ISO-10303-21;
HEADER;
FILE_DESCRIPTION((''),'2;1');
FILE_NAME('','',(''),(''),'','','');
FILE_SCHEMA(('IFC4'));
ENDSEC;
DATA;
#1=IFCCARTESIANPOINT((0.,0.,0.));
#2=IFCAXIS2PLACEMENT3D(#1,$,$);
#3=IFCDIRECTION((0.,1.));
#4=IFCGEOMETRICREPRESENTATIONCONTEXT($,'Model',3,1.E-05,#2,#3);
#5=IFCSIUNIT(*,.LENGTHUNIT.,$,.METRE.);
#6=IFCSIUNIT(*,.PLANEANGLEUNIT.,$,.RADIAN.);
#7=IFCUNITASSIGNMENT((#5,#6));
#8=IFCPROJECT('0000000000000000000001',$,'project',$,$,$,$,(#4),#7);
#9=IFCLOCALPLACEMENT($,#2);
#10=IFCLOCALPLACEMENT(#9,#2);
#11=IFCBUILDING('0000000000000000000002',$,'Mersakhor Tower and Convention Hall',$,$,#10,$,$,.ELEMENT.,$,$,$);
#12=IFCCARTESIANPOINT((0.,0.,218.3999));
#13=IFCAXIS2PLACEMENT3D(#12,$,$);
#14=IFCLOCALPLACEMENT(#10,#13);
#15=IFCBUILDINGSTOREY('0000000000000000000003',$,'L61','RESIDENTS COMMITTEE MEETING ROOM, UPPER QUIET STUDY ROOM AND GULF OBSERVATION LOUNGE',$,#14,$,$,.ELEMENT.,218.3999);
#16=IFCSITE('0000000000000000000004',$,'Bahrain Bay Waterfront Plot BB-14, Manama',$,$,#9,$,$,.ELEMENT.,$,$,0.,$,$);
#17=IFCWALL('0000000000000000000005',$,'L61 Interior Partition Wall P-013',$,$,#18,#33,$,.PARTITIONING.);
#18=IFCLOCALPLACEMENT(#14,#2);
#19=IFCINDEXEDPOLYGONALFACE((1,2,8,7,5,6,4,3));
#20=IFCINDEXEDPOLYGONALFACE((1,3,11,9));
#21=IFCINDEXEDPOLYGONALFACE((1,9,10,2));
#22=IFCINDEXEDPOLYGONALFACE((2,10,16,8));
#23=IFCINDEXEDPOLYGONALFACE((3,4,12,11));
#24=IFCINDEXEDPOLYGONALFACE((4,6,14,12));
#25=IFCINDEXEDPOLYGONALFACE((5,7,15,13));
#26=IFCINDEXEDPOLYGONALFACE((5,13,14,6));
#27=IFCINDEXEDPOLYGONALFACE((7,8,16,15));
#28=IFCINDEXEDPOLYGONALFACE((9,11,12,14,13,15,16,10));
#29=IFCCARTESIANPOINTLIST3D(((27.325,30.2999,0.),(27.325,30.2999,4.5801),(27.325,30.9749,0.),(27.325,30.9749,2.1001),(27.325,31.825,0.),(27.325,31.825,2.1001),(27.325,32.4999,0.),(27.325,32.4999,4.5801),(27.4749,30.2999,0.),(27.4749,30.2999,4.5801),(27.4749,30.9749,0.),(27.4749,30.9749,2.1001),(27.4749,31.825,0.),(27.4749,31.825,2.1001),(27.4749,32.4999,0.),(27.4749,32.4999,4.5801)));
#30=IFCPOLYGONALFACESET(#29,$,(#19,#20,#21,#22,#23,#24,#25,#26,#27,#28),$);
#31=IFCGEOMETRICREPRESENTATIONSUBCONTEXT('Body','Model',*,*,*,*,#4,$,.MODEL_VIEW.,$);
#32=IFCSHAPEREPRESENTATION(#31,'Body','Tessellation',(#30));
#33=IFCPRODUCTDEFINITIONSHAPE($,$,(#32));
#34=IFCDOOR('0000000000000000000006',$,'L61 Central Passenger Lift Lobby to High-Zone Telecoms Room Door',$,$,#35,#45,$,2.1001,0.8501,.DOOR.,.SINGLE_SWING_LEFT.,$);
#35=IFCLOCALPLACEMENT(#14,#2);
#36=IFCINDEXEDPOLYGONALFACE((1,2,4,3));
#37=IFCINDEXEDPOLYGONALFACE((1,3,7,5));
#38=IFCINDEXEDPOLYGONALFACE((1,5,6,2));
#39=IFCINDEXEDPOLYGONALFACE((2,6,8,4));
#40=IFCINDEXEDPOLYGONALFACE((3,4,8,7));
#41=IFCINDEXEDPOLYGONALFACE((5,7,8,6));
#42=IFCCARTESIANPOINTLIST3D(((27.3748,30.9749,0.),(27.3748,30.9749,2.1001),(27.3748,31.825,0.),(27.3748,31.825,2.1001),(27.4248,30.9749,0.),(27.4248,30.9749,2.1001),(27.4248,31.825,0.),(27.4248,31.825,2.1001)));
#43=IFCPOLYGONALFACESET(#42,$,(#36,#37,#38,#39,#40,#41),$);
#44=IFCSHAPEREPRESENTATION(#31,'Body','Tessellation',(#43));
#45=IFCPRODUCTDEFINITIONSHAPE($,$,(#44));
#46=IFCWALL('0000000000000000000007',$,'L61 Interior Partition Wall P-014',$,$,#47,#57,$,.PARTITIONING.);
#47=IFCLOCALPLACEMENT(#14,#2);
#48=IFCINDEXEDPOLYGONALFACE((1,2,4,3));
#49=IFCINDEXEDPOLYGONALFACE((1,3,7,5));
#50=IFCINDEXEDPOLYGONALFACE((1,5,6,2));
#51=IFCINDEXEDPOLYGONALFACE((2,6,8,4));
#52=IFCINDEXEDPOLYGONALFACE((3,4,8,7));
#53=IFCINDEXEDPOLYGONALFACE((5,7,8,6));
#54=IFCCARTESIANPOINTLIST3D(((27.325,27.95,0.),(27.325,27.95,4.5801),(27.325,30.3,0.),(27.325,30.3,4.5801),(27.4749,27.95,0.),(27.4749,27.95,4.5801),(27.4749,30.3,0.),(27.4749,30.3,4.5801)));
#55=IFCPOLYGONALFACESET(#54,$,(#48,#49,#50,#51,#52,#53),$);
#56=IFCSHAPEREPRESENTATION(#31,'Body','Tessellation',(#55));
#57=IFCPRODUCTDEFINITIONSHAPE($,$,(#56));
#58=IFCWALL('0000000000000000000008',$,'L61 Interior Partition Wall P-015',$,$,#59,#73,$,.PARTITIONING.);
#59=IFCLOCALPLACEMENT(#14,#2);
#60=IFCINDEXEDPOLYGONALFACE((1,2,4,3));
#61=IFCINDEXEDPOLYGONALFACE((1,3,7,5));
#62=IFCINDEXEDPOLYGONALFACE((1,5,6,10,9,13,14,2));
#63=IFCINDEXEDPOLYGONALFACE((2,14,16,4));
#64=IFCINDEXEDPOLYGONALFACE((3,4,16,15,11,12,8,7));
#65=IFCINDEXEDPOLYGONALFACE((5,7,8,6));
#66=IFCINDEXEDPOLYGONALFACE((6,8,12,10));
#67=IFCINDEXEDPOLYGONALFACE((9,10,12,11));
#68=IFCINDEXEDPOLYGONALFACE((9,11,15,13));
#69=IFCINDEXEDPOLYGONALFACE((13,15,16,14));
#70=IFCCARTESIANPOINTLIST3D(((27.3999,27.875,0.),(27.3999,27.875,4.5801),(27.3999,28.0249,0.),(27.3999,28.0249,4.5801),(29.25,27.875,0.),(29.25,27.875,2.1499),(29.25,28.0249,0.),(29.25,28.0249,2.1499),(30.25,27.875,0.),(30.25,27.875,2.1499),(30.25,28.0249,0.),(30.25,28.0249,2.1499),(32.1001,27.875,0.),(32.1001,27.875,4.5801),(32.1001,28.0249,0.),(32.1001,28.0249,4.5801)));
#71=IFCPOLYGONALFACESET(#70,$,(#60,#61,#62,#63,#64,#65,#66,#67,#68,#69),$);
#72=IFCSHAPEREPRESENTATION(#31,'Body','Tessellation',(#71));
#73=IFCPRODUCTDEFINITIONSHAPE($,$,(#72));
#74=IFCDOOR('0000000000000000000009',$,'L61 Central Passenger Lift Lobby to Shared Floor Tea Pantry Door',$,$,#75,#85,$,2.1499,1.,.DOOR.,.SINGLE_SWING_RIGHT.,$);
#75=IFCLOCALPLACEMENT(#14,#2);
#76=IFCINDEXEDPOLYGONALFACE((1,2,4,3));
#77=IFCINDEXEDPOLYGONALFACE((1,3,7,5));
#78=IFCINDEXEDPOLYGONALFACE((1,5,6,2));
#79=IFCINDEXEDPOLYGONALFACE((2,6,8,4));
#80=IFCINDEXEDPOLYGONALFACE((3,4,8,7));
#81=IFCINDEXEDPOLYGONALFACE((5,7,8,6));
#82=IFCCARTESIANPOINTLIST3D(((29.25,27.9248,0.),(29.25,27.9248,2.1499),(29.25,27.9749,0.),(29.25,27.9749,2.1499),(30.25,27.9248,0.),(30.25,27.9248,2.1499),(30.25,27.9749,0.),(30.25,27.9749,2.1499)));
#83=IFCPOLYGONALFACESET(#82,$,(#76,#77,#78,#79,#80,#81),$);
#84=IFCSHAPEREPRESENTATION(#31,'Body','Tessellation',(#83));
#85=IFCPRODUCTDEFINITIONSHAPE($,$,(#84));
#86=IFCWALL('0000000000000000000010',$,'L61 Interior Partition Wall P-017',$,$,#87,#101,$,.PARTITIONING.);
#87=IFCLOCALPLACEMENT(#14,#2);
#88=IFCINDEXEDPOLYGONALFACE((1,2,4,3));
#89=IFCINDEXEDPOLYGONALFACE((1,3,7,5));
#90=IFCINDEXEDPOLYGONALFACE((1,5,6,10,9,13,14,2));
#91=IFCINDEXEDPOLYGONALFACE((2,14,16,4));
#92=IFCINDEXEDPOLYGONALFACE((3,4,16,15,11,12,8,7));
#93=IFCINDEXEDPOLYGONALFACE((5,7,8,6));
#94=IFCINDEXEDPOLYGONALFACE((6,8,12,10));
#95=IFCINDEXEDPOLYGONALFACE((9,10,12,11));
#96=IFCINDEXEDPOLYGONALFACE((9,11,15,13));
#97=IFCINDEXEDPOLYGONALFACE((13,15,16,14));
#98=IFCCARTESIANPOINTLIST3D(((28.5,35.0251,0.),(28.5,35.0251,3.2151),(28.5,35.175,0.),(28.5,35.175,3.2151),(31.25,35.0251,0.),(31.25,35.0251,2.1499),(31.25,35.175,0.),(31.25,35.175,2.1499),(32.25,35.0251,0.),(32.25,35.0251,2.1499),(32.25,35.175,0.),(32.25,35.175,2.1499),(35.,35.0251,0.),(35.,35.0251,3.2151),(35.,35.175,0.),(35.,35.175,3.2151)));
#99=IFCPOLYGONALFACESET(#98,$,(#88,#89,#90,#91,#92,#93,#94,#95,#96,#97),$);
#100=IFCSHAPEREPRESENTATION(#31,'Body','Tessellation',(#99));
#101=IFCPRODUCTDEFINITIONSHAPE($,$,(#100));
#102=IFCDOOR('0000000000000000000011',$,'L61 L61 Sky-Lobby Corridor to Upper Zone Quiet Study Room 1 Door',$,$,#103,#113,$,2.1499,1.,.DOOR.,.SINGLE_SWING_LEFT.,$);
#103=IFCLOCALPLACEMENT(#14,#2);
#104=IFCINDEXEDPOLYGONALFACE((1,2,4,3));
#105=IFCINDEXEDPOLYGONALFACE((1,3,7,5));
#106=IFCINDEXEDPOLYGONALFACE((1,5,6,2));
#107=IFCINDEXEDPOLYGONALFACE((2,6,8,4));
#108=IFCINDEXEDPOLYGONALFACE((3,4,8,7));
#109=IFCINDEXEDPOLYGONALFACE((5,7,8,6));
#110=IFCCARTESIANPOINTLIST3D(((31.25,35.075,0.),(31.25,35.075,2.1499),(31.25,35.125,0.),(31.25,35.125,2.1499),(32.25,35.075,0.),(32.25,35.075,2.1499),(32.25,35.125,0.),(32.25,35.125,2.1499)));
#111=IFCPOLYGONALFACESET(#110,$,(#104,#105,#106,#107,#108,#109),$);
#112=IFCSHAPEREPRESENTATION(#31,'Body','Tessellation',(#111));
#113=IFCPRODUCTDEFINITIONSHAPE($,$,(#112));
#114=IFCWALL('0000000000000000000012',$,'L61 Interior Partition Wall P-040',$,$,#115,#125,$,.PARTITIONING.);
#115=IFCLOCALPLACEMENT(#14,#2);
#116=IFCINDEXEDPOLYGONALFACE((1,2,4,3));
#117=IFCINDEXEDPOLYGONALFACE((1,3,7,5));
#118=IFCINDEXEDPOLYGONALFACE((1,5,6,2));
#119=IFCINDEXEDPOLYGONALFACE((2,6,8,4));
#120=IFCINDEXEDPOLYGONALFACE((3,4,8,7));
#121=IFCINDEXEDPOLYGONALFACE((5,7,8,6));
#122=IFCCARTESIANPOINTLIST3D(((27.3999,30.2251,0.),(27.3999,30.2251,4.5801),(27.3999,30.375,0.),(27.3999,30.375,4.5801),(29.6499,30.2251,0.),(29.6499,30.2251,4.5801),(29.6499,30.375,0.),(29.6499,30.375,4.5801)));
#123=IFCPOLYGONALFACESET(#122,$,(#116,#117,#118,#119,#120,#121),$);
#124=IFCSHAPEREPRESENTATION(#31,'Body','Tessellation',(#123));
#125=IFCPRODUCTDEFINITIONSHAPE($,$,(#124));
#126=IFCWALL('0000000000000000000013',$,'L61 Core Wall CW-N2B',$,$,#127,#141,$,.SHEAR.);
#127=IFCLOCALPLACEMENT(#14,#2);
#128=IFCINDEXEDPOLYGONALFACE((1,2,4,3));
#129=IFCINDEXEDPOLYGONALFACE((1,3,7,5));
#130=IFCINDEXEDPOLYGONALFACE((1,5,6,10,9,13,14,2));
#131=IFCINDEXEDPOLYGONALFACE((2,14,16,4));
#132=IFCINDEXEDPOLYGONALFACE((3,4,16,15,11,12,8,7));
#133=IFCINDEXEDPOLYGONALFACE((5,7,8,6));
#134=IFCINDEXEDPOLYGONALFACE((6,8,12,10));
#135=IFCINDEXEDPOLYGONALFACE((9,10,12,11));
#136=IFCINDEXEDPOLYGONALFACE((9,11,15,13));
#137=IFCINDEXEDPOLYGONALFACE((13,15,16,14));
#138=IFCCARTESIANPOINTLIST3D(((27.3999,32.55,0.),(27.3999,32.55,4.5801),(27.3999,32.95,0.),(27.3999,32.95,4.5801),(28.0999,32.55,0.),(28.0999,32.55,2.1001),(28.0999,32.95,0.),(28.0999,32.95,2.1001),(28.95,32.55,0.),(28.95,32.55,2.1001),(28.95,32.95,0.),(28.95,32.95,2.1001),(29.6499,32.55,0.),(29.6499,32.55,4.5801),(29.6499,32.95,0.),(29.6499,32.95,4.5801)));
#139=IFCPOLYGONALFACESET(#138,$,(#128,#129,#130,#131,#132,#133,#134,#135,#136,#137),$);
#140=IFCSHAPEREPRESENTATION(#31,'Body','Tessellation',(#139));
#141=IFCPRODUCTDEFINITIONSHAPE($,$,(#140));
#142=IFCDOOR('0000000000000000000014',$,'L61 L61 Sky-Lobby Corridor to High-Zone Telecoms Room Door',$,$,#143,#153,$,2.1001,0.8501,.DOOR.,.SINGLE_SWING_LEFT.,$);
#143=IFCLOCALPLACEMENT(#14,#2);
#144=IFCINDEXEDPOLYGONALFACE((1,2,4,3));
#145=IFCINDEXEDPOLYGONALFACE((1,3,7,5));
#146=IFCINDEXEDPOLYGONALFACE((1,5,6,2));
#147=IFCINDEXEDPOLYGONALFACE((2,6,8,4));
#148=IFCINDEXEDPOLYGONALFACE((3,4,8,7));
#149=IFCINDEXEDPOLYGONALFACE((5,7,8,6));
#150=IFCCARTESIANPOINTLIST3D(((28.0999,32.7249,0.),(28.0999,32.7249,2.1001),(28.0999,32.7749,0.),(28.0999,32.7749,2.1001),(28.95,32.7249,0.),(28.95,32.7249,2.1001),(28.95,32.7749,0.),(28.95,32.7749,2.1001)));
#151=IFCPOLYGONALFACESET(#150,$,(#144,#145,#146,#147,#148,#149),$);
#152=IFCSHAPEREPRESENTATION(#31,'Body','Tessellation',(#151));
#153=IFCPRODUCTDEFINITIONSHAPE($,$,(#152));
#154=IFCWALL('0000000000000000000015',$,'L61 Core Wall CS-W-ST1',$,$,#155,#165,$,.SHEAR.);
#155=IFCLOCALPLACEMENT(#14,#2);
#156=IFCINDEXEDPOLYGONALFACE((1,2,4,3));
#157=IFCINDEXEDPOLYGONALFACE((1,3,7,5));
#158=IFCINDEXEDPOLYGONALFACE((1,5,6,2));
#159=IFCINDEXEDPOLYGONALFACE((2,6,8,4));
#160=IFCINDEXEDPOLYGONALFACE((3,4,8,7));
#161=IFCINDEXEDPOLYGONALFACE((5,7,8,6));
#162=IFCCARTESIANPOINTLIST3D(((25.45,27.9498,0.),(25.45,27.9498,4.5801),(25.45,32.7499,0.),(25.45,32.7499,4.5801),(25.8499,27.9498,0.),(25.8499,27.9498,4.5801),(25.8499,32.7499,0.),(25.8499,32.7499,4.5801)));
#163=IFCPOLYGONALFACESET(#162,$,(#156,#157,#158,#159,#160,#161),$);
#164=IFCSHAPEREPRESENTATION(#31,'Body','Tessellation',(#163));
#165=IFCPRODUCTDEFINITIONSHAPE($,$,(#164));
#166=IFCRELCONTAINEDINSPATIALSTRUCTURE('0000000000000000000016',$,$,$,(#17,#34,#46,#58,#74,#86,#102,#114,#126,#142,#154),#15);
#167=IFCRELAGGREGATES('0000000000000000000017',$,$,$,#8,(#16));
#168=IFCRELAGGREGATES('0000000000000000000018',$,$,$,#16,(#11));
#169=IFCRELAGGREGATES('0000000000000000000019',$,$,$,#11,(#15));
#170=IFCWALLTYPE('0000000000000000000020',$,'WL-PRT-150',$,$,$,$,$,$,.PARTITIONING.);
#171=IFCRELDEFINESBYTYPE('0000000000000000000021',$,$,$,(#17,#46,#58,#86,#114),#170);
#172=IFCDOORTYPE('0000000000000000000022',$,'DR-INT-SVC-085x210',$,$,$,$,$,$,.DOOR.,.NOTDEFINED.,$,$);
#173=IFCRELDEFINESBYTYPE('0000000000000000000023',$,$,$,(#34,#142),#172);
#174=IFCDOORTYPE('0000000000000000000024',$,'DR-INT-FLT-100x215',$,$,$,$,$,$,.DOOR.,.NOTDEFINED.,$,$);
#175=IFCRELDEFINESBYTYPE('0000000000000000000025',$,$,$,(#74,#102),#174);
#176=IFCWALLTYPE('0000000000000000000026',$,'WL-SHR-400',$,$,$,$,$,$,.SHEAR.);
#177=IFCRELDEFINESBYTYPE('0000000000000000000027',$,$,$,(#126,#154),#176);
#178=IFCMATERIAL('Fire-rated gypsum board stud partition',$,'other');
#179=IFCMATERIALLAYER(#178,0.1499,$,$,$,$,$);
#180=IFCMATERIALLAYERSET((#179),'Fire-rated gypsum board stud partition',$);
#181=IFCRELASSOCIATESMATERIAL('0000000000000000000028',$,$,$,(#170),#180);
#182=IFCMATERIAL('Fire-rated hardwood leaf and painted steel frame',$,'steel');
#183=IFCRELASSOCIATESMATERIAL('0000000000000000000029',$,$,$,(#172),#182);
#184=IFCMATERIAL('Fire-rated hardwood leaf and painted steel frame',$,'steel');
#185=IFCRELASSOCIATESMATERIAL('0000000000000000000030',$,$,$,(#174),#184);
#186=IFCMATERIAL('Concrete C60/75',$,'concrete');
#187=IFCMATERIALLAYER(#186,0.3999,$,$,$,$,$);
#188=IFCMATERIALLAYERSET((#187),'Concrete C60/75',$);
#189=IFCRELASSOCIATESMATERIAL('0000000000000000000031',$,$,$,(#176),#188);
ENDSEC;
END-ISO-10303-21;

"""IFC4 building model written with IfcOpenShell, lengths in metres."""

from ifc_helpers import new_model, si_unit, direction, frame, frame_2d, origin, place, context, subcontext, project, spatial, rectangle, extrude, material, layer, layer_set, type_object, element, fill, save


model = new_model("IFC4")

# Units and contexts
model_context = context("Model", 3, precision=1e-05, world=origin(), true_north=direction((0.0, 1.0)))
body_context = subcontext(model_context, "Body", "Model", "MODEL_VIEW")
ifc_project = project(units=[si_unit("LENGTHUNIT", "METRE"), si_unit("PLANEANGLEUNIT", "RADIAN")], contexts=[model_context])

# Site, building, storey
site_placement = place(None, origin())
site = spatial("IfcSite", under=ifc_project, at=site_placement, Name="Bahrain Bay Waterfront Plot BB-14, Manama", CompositionType="ELEMENT", RefElevation=0.0)
building_placement = place(site_placement, origin())
building = spatial("IfcBuilding", under=site, at=building_placement, Name="Mersakhor Tower and Convention Hall", CompositionType="ELEMENT")
storey_placement = place(building_placement, frame((0.0, 0.0, 218.3999)))
storey = spatial("IfcBuildingStorey", under=building, at=storey_placement, Name="L61", Description="RESIDENTS COMMITTEE MEETING ROOM, UPPER QUIET STUDY ROOM AND GULF OBSERVATION LOUNGE", CompositionType="ELEMENT", Elevation=218.3999)

# Wall, opening, door
ifc_material_1 = material(Name="Fire-rated gypsum board stud partition", Category="other")
ifc_layer_1 = layer(ifc_material_1, 0.1499)
ifc_layer_set_1 = layer_set([ifc_layer_1], Name="Fire-rated gypsum board stud partition")
wall_type_1 = type_object("IfcWallType", Name="WL-PRT-150", PredefinedType="PARTITIONING", material=ifc_layer_set_1)
wall_1_placement = place(storey_placement, frame((27.3999, 32.5, 0.0), z_axis=(0.0, 0.0, 1.0), x_axis=(0.0, -1.0, 0.0)))
wall_1 = element("IfcWall", 1, at=wall_1_placement, inside=storey, type_object=wall_type_1, Name="L61 Interior Partition Wall P-013", PredefinedType="PARTITIONING", context=body_context, shape_type="SweptSolid", body=[
    extrude(rectangle(XDim=2.2, YDim=0.1499, at=frame_2d((1.1001, 0.0))), origin(), (0.0, 0.0, 1.0), 4.5801),
])
opening_1_placement = place(wall_1_placement, frame((0.675, 0.0, 0.0)))
opening_1 = element("IfcOpeningElement", 2, at=opening_1_placement, cuts=wall_1, PredefinedType="OPENING", context=body_context, shape_type="SweptSolid", body=[
    extrude(rectangle(XDim=0.8501, YDim=2.1001, at=frame_2d((0.425, 1.05))), frame((0.0, 0.085, 0.0), z_axis=(0.0, -1.0, 0.0), x_axis=(1.0, 0.0, 0.0)), (0.0, 0.0, 1.0), 0.1699),
])
ifc_material_2 = material(Name="Fire-rated hardwood leaf and painted steel frame", Category="steel")
door_type_1 = type_object("IfcDoorType", Name="DR-INT-SVC-085x210", OperationType="NOTDEFINED", PredefinedType="DOOR", material=ifc_material_2)
door_1_placement = place(opening_1_placement, origin())
door_1 = element("IfcDoor", 3, at=door_1_placement, inside=storey, type_object=door_type_1, Name="L61 Central Passenger Lift Lobby to High-Zone Telecoms Room Door", OperationType="SINGLE_SWING_LEFT", OverallHeight=2.1001, OverallWidth=0.8501, PredefinedType="DOOR", context=body_context, shape_type="SweptSolid", body=[
    extrude(rectangle(XDim=0.8501, YDim=2.1001, at=frame_2d((0.425, 1.05))), frame((0.0, 0.0249, 0.0), z_axis=(0.0, -1.0, 0.0), x_axis=(1.0, 0.0, 0.0)), (0.0, 0.0, 1.0), 0.05),
])
fill(opening_1, door_1)

# Wall
wall_2_placement = place(storey_placement, frame((27.3999, 30.3, 0.0), z_axis=(0.0, 0.0, 1.0), x_axis=(0.0, -1.0, 0.0)))
element("IfcWall", 4, at=wall_2_placement, inside=storey, type_object=wall_type_1, Name="L61 Interior Partition Wall P-014", PredefinedType="PARTITIONING", context=body_context, shape_type="SweptSolid", body=[
    extrude(rectangle(XDim=2.3501, YDim=0.1499, at=frame_2d((1.175, 0.0))), origin(), (0.0, 0.0, 1.0), 4.5801),
])

# Walls, openings, doors
wall_3_placement = place(storey_placement, frame((27.3999, 27.95, 0.0), z_axis=(0.0, 0.0, 1.0), x_axis=(1.0, 0.0, 0.0)))
wall_3 = element("IfcWall", 5, at=wall_3_placement, inside=storey, type_object=wall_type_1, Name="L61 Interior Partition Wall P-015", PredefinedType="PARTITIONING", context=body_context, shape_type="SweptSolid", body=[
    extrude(rectangle(XDim=4.7002, YDim=0.1499, at=frame_2d((2.3501, 0.0))), origin(), (0.0, 0.0, 1.0), 4.5801),
])
opening_2_placement = place(wall_3_placement, frame((1.8501, 0.0, 0.0)))
opening_2 = element("IfcOpeningElement", 6, at=opening_2_placement, cuts=wall_3, PredefinedType="OPENING", context=body_context, shape_type="SweptSolid", body=[
    extrude(rectangle(XDim=1.0, YDim=2.1499, at=frame_2d((0.5, 1.075))), frame((0.0, 0.085, 0.0), z_axis=(0.0, -1.0, 0.0), x_axis=(1.0, 0.0, 0.0)), (0.0, 0.0, 1.0), 0.1699),
])
ifc_material_3 = material(Name="Fire-rated hardwood leaf and painted steel frame", Category="steel")
door_type_2 = type_object("IfcDoorType", Name="DR-INT-FLT-100x215", OperationType="NOTDEFINED", PredefinedType="DOOR", material=ifc_material_3)
door_2_placement = place(opening_2_placement, origin())
door_2 = element("IfcDoor", 7, at=door_2_placement, inside=storey, type_object=door_type_2, Name="L61 Central Passenger Lift Lobby to Shared Floor Tea Pantry Door", OperationType="SINGLE_SWING_RIGHT", OverallHeight=2.1499, OverallWidth=1.0, PredefinedType="DOOR", context=body_context, shape_type="SweptSolid", body=[
    extrude(rectangle(XDim=1.0, YDim=2.1499, at=frame_2d((0.5, 1.075))), frame((0.0, 0.0249, 0.0), z_axis=(0.0, -1.0, 0.0), x_axis=(1.0, 0.0, 0.0)), (0.0, 0.0, 1.0), 0.05),
])
fill(opening_2, door_2)
wall_4_placement = place(storey_placement, frame((28.5, 35.1001, 0.0), z_axis=(0.0, 0.0, 1.0), x_axis=(1.0, 0.0, 0.0)))
wall_4 = element("IfcWall", 8, at=wall_4_placement, inside=storey, type_object=wall_type_1, Name="L61 Interior Partition Wall P-017", PredefinedType="PARTITIONING", context=body_context, shape_type="SweptSolid", body=[
    extrude(rectangle(XDim=6.5, YDim=0.1499, at=frame_2d((3.25, 0.0))), origin(), (0.0, 0.0, 1.0), 3.2151),
])
opening_3_placement = place(wall_4_placement, frame((2.75, 0.0, 0.0)))
opening_3 = element("IfcOpeningElement", 9, at=opening_3_placement, cuts=wall_4, PredefinedType="OPENING", context=body_context, shape_type="SweptSolid", body=[
    extrude(rectangle(XDim=1.0, YDim=2.1499, at=frame_2d((0.5, 1.075))), frame((0.0, 0.085, 0.0), z_axis=(0.0, -1.0, 0.0), x_axis=(1.0, 0.0, 0.0)), (0.0, 0.0, 1.0), 0.1699),
])
door_3_placement = place(opening_3_placement, origin())
door_3 = element("IfcDoor", 10, at=door_3_placement, inside=storey, type_object=door_type_2, Name="L61 L61 Sky-Lobby Corridor to Upper Zone Quiet Study Room 1 Door", OperationType="SINGLE_SWING_LEFT", OverallHeight=2.1499, OverallWidth=1.0, PredefinedType="DOOR", context=body_context, shape_type="SweptSolid", body=[
    extrude(rectangle(XDim=1.0, YDim=2.1499, at=frame_2d((0.5, 1.075))), frame((0.0, 0.0249, 0.0), z_axis=(0.0, -1.0, 0.0), x_axis=(1.0, 0.0, 0.0)), (0.0, 0.0, 1.0), 0.05),
])
fill(opening_3, door_3)

# Wall
wall_5_placement = place(storey_placement, frame((27.3999, 30.3, 0.0), z_axis=(0.0, 0.0, 1.0), x_axis=(1.0, 0.0, 0.0)))
element("IfcWall", 11, at=wall_5_placement, inside=storey, type_object=wall_type_1, Name="L61 Interior Partition Wall P-040", PredefinedType="PARTITIONING", context=body_context, shape_type="SweptSolid", body=[
    extrude(rectangle(XDim=2.25, YDim=0.1499, at=frame_2d((1.125, 0.0))), origin(), (0.0, 0.0, 1.0), 4.5801),
])

# Wall, opening, door
ifc_material_4 = material(Name="Concrete C60/75", Category="concrete")
ifc_layer_2 = layer(ifc_material_4, 0.3999)
ifc_layer_set_2 = layer_set([ifc_layer_2], Name="Concrete C60/75")
wall_type_2 = type_object("IfcWallType", Name="WL-SHR-400", PredefinedType="SHEAR", material=ifc_layer_set_2)
wall_6_placement = place(storey_placement, frame((27.3999, 32.75, 0.0), z_axis=(0.0, 0.0, 1.0), x_axis=(1.0, 0.0, 0.0)))
wall_6 = element("IfcWall", 12, at=wall_6_placement, inside=storey, type_object=wall_type_2, Name="L61 Core Wall CW-N2B", PredefinedType="SHEAR", context=body_context, shape_type="SweptSolid", body=[
    extrude(rectangle(XDim=2.25, YDim=0.3999, at=frame_2d((1.125, 0.0))), origin(), (0.0, 0.0, 1.0), 4.5801),
])
opening_4_placement = place(wall_6_placement, frame((0.7, 0.0, 0.0)))
opening_4 = element("IfcOpeningElement", 13, at=opening_4_placement, cuts=wall_6, PredefinedType="OPENING", context=body_context, shape_type="SweptSolid", body=[
    extrude(rectangle(XDim=0.8501, YDim=2.1001, at=frame_2d((0.425, 1.05))), frame((0.0, 0.21, 0.0), z_axis=(0.0, -1.0, 0.0), x_axis=(1.0, 0.0, 0.0)), (0.0, 0.0, 1.0), 0.4199),
])
door_4_placement = place(opening_4_placement, origin())
door_4 = element("IfcDoor", 14, at=door_4_placement, inside=storey, type_object=door_type_1, Name="L61 L61 Sky-Lobby Corridor to High-Zone Telecoms Room Door", OperationType="SINGLE_SWING_LEFT", OverallHeight=2.1001, OverallWidth=0.8501, PredefinedType="DOOR", context=body_context, shape_type="SweptSolid", body=[
    extrude(rectangle(XDim=0.8501, YDim=2.1001, at=frame_2d((0.425, 1.05))), frame((0.0, 0.0249, 0.0), z_axis=(0.0, -1.0, 0.0), x_axis=(1.0, 0.0, 0.0)), (0.0, 0.0, 1.0), 0.05),
])
fill(opening_4, door_4)

# Wall
wall_7_placement = place(storey_placement, frame((25.6499, 27.95, 0.0), z_axis=(0.0, 0.0, 1.0), x_axis=(0.0, 1.0, 0.0)))
element("IfcWall", 15, at=wall_7_placement, inside=storey, type_object=wall_type_2, Name="L61 Core Wall CS-W-ST1", PredefinedType="SHEAR", context=body_context, shape_type="SweptSolid", body=[
    extrude(rectangle(XDim=4.8, YDim=0.3999, at=frame_2d((2.3999, 0.0))), origin(), (0.0, 0.0, 1.0), 4.5801),
])

save(model, "model.ifc")
